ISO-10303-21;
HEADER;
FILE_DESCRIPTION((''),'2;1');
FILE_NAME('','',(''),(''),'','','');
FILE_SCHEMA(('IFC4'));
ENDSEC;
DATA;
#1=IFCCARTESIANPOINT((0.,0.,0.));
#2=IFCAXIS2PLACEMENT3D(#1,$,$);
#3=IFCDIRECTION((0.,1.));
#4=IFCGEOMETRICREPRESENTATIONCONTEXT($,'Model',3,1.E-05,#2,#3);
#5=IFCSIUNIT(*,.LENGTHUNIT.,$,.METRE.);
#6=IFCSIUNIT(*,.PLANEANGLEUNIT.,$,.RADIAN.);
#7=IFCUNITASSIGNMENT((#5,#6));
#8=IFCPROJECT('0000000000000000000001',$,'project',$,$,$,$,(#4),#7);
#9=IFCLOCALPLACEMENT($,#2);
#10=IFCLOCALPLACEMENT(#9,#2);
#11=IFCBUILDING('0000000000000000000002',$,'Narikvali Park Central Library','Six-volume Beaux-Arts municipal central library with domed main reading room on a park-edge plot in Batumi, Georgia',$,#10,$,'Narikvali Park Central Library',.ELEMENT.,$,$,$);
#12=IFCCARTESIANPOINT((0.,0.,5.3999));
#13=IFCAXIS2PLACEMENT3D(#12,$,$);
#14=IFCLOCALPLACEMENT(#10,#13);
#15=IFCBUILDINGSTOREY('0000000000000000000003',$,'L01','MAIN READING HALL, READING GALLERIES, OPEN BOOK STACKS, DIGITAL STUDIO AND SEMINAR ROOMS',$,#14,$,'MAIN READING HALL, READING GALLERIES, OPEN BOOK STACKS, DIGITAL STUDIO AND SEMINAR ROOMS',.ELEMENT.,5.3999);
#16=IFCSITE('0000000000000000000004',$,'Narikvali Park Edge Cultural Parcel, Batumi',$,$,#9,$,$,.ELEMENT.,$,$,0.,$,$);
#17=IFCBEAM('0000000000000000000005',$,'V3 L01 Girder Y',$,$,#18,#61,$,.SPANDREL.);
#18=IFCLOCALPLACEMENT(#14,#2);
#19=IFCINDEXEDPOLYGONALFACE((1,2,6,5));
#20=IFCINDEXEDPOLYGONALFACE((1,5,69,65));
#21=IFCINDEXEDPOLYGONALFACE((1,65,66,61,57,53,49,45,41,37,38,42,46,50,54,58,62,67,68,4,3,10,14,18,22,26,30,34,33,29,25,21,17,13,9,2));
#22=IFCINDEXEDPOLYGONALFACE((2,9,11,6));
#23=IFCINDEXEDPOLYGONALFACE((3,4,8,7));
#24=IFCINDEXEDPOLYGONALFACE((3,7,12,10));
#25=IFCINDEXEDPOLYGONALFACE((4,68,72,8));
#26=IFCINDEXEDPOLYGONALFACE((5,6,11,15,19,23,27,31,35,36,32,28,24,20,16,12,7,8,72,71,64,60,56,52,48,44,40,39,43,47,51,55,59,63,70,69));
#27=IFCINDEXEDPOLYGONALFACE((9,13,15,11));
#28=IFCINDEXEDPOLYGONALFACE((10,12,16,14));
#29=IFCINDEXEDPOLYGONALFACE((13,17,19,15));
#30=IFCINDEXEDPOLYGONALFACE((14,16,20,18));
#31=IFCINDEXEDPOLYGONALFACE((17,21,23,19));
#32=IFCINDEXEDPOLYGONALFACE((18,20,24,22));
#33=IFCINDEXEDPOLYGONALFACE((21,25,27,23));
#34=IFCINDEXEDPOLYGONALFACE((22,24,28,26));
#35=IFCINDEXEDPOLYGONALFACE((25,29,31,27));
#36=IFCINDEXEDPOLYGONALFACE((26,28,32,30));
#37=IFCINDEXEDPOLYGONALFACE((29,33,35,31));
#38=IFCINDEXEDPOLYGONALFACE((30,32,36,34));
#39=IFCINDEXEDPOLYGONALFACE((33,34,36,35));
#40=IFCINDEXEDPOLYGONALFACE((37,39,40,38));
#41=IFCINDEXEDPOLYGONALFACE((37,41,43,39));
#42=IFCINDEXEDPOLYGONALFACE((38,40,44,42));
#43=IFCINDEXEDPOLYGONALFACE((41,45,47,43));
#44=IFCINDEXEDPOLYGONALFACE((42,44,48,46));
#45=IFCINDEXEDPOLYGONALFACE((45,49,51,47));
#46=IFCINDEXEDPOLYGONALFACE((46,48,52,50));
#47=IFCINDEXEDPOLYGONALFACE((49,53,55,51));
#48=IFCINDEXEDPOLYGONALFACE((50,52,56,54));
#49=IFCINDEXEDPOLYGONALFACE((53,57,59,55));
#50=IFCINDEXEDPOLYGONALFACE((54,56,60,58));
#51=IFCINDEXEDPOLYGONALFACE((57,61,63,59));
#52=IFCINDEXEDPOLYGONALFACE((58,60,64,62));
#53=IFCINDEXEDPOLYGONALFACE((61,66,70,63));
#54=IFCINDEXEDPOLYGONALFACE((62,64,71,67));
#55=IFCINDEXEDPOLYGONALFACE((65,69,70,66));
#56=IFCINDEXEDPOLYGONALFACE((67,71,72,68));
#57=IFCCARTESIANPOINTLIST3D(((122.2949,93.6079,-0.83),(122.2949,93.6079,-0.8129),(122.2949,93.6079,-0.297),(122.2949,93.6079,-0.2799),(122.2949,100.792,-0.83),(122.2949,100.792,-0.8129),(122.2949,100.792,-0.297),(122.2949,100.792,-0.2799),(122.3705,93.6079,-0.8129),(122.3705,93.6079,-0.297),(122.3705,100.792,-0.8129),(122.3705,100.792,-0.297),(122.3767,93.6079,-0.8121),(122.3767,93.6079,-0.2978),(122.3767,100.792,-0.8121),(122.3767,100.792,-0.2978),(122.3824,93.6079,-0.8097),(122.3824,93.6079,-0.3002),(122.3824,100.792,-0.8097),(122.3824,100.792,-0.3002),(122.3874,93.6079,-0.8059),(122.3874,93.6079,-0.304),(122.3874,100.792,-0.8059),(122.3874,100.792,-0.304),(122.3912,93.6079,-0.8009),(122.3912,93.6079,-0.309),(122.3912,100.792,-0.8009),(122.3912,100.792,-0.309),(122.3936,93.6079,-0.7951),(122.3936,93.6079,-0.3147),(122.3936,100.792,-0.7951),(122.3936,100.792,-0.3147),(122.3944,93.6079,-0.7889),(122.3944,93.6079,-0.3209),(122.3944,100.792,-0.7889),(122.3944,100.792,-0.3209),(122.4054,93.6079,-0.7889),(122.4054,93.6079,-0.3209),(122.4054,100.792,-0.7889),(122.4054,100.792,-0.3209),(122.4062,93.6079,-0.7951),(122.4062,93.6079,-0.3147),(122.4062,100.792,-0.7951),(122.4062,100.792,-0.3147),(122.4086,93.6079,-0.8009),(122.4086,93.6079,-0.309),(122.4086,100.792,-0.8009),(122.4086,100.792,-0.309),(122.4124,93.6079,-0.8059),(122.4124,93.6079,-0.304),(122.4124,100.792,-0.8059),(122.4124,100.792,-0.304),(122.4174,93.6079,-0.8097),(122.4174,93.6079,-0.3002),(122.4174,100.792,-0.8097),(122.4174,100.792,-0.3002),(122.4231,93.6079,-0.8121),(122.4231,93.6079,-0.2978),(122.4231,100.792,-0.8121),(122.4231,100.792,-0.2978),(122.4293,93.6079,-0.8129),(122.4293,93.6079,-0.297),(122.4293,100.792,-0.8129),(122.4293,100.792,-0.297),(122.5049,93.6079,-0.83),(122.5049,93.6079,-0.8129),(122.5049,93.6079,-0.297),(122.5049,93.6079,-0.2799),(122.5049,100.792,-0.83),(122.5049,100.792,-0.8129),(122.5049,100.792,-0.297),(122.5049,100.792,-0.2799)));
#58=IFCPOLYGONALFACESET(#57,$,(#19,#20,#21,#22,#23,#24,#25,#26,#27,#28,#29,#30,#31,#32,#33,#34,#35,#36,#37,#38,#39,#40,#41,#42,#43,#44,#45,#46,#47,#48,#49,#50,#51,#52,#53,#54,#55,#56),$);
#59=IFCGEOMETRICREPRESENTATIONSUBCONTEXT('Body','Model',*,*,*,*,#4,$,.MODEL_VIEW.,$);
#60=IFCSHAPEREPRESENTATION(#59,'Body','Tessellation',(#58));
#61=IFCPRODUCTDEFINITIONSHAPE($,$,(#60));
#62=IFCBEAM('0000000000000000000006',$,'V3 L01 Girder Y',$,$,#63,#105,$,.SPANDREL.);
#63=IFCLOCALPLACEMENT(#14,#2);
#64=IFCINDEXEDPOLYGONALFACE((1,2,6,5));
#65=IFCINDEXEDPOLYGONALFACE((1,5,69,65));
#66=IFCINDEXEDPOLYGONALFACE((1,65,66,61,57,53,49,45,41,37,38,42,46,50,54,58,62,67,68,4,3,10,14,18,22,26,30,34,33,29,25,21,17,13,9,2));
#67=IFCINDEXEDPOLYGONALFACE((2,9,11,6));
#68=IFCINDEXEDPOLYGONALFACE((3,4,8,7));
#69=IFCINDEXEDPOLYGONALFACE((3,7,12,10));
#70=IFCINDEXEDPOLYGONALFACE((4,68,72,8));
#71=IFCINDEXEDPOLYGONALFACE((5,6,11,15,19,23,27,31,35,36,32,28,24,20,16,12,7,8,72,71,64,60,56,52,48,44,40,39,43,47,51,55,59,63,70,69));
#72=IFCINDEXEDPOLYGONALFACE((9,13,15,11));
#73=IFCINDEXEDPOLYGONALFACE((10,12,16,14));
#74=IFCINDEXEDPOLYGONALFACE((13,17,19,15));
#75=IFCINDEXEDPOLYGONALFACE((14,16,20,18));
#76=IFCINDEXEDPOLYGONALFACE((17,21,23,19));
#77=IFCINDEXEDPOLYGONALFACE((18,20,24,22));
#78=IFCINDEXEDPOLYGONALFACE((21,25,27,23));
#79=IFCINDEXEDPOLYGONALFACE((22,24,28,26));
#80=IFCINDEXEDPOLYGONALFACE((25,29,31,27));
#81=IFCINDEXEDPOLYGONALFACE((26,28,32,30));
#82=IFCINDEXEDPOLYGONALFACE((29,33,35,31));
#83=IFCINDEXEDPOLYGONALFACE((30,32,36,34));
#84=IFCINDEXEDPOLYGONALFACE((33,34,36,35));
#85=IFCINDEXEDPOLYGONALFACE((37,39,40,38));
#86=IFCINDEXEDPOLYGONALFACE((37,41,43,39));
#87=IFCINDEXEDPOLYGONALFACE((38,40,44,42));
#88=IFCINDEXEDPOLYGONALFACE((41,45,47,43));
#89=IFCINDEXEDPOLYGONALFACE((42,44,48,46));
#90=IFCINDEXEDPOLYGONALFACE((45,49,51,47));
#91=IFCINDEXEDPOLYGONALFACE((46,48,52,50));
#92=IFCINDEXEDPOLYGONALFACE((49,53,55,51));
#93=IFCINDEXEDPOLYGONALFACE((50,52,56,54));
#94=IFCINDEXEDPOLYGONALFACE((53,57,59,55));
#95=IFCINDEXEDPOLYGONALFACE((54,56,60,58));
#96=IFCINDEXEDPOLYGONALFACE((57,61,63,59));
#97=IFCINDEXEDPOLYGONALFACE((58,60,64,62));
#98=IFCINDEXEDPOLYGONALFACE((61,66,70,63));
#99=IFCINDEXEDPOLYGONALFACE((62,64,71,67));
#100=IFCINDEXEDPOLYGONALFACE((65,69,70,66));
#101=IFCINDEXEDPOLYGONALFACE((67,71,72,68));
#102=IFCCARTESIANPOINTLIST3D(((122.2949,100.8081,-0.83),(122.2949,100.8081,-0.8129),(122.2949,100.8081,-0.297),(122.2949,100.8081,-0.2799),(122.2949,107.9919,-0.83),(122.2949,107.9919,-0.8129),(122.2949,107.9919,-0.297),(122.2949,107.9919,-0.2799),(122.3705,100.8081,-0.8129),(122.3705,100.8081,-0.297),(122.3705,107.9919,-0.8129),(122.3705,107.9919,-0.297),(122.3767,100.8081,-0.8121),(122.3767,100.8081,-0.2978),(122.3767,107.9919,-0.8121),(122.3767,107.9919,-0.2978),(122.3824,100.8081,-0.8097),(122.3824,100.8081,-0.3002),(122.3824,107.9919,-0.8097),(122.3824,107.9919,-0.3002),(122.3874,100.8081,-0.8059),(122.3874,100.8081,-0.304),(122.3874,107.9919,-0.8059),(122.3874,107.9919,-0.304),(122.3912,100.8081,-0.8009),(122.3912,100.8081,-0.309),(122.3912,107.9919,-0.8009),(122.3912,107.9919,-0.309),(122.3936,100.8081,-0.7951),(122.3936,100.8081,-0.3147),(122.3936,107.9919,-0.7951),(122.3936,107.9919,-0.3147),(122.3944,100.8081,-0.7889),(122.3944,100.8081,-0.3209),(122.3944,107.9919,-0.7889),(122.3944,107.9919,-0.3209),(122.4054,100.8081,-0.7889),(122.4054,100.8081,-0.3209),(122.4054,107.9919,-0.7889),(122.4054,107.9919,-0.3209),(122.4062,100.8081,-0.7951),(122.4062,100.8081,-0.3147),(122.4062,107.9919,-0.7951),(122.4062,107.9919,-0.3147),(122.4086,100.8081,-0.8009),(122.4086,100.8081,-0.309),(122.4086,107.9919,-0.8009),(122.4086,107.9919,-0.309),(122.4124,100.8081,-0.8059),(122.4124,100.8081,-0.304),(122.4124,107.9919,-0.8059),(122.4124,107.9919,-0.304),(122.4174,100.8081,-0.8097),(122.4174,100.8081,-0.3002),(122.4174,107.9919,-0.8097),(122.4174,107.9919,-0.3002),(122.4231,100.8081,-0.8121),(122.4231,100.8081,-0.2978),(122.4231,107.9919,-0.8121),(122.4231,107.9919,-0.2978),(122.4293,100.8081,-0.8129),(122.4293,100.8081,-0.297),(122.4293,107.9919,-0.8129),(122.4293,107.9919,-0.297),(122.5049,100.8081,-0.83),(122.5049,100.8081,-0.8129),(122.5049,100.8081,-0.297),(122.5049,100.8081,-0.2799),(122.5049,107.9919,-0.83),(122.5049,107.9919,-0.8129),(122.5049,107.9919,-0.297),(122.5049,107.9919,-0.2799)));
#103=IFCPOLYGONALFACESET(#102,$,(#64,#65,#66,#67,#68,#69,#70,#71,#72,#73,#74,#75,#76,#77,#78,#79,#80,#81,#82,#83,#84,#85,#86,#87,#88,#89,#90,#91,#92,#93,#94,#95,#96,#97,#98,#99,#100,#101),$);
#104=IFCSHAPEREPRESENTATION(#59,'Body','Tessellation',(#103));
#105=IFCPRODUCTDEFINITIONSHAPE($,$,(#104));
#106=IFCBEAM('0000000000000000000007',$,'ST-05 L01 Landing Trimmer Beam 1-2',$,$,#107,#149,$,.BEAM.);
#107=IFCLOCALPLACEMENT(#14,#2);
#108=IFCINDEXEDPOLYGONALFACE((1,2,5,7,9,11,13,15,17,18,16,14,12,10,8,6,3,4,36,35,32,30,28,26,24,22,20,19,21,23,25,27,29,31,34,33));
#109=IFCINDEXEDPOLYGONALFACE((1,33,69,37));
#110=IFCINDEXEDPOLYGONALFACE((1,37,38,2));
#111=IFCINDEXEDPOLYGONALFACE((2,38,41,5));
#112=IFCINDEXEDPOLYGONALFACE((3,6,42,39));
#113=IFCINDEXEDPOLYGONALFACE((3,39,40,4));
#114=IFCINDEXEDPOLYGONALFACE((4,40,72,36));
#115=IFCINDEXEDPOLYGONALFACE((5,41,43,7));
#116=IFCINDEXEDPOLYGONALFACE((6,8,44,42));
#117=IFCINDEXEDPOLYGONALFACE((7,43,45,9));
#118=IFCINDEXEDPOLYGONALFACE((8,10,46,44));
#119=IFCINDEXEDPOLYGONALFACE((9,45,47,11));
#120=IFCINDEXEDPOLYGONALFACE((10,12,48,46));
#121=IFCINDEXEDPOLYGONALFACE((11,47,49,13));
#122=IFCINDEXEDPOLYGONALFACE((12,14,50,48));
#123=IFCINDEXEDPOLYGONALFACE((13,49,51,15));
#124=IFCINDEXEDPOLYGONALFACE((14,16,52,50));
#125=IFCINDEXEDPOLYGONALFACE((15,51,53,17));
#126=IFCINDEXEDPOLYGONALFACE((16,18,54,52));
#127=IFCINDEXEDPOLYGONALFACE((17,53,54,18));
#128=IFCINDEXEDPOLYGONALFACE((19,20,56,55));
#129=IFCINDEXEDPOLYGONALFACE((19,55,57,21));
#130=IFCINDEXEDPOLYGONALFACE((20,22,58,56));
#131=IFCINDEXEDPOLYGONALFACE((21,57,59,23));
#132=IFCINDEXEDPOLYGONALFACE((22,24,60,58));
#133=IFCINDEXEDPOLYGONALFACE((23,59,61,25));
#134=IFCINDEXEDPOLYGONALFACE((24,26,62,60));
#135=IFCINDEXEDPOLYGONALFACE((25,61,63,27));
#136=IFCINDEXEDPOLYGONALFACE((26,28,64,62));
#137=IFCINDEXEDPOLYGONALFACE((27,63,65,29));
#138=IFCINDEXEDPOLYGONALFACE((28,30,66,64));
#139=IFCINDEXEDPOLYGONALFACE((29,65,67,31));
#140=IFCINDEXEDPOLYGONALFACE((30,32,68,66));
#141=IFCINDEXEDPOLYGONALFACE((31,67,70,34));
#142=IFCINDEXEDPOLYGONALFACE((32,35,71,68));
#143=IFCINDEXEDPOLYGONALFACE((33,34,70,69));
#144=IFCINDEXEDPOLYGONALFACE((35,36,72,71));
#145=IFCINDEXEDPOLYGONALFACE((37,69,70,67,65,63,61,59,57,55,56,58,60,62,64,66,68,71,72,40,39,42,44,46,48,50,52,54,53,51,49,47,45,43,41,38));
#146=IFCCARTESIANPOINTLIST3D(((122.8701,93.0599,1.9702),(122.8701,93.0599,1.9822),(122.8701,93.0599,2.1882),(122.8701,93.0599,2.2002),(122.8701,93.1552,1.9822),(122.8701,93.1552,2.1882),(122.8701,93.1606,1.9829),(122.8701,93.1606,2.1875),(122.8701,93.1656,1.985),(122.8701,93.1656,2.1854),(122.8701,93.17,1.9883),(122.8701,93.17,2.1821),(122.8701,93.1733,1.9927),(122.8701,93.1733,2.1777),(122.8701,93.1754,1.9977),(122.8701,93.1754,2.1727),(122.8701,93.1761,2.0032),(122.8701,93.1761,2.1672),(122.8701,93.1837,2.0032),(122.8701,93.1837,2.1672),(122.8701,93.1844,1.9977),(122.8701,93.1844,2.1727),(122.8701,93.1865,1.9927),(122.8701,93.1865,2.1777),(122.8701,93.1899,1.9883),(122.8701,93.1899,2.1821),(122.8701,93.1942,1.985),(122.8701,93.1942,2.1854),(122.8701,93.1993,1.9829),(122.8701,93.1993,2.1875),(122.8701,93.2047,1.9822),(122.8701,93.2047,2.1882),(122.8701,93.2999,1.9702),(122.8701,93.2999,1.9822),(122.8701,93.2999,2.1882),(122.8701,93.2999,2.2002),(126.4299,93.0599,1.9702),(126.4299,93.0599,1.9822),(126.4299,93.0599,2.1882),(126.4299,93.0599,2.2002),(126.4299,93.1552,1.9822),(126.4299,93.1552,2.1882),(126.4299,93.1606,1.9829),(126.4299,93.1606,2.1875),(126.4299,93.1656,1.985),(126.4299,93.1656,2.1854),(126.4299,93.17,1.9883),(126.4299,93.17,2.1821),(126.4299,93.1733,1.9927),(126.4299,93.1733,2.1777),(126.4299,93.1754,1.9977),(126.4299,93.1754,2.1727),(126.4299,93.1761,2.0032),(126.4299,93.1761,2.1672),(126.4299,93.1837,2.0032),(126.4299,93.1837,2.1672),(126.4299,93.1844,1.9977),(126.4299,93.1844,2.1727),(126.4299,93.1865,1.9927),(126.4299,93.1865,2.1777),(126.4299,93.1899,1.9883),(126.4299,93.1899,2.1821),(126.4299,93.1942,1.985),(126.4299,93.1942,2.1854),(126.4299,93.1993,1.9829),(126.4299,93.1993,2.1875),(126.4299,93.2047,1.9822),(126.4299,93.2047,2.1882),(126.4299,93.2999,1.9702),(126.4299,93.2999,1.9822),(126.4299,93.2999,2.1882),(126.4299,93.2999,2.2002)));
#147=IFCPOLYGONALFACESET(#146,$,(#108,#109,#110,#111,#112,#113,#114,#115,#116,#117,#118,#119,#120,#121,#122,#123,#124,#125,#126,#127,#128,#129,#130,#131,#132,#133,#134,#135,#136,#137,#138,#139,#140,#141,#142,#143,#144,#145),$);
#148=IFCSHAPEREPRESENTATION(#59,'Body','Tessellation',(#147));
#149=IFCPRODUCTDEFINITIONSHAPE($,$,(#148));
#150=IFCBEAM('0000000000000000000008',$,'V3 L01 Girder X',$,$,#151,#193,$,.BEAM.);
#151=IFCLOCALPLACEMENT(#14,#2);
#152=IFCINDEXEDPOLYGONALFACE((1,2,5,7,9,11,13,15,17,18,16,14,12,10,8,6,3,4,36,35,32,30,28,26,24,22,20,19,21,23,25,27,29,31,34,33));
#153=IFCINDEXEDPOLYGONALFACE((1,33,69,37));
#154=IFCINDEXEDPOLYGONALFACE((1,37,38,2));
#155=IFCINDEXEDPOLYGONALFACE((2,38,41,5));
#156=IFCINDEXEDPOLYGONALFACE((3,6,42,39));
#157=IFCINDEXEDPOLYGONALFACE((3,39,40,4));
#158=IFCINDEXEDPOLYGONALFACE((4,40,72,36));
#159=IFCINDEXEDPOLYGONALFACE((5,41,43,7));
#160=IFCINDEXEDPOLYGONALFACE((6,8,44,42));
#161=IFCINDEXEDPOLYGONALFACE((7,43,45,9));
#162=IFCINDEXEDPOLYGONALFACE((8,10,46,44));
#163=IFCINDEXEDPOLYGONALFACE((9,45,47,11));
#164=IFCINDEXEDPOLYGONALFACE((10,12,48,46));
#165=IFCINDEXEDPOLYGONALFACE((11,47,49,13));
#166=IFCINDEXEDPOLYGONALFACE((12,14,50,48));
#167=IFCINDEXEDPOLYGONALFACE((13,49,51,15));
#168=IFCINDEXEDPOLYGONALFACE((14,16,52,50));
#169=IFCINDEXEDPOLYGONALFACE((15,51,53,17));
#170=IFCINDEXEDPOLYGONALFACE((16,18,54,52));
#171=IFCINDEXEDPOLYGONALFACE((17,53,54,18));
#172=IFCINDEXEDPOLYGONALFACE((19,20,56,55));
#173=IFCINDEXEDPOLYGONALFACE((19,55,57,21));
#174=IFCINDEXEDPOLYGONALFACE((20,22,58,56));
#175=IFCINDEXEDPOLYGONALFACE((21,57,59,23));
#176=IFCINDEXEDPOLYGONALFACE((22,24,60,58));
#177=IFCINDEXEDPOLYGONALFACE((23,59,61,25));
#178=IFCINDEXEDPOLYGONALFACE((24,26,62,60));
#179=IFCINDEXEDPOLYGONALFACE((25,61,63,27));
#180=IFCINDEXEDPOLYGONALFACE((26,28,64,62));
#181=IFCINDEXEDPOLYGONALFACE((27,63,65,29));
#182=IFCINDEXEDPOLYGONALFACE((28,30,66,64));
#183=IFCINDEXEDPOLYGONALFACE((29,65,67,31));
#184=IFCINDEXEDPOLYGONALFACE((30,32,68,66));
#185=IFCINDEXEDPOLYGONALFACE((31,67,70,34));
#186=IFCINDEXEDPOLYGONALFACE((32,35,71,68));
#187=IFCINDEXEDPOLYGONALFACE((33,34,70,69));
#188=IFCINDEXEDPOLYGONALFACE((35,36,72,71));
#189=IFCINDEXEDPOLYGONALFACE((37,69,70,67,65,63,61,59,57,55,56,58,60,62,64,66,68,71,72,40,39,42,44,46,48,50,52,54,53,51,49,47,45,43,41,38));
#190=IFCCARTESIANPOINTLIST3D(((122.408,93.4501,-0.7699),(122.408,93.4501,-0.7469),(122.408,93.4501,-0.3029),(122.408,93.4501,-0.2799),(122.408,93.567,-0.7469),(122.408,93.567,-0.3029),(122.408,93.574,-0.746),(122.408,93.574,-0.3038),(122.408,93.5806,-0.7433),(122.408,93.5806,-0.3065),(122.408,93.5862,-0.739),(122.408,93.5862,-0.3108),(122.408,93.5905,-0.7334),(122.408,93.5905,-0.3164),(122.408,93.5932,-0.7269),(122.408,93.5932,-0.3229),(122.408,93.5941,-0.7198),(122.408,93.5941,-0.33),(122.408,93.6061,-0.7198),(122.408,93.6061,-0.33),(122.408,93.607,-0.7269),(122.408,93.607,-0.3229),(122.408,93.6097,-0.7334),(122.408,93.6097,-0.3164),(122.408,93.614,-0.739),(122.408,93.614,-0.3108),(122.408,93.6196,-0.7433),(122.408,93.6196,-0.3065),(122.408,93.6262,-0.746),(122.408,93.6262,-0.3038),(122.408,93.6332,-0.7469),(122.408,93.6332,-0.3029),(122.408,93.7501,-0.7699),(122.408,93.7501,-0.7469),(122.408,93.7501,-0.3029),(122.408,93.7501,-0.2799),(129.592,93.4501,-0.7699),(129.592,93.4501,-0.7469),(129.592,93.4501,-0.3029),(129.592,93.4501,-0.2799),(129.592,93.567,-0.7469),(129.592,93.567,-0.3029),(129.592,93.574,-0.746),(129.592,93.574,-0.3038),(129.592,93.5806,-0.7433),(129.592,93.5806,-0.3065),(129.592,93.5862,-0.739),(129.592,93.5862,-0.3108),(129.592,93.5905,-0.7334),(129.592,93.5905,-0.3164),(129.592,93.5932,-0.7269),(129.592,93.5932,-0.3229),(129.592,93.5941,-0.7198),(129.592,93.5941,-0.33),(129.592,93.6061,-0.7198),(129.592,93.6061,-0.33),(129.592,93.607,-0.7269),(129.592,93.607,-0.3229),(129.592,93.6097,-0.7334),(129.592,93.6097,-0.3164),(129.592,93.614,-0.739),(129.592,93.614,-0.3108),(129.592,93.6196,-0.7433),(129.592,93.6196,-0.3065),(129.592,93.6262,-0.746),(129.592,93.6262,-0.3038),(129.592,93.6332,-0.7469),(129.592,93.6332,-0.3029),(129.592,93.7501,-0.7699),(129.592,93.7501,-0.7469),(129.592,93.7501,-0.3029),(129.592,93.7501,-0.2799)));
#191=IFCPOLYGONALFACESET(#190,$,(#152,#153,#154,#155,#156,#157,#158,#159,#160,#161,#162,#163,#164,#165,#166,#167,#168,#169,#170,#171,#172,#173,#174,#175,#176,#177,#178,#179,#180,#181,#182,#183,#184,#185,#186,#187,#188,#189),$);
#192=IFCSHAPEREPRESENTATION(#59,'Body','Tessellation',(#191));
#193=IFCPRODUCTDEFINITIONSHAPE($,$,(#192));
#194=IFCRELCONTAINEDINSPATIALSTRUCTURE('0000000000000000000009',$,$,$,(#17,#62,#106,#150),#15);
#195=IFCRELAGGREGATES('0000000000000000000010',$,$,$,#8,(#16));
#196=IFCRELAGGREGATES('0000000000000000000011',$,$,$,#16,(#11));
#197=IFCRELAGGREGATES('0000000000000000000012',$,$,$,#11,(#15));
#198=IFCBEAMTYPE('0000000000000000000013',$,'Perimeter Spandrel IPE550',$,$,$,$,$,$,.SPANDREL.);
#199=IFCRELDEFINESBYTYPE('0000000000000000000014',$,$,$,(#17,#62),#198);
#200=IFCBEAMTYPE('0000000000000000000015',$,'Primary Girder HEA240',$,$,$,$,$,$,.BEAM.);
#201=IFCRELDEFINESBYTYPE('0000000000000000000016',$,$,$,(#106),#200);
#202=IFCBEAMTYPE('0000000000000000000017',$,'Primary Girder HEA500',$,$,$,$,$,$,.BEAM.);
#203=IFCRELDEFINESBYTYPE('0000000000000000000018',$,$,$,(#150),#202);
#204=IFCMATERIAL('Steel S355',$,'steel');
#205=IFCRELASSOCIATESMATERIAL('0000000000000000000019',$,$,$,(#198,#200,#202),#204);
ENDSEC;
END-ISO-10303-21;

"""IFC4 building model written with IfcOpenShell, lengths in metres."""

from ifc_helpers import new_model, si_unit, direction, frame, origin, origin_2d, place, context, subcontext, project, spatial, i_section, extrude, material, material_profile, profile_set, type_object, element, save


model = new_model("IFC4")

# Units and contexts
model_context = context("Model", 3, precision=1e-05, world=origin(), true_north=direction((0.0, 1.0)))
body_context = subcontext(model_context, "Body", "Model", "MODEL_VIEW")
ifc_project = project(units=[si_unit("LENGTHUNIT", "METRE"), si_unit("PLANEANGLEUNIT", "RADIAN")], contexts=[model_context])

# Site, building, storey
site_placement = place(None, origin())
site = spatial("IfcSite", under=ifc_project, at=site_placement, Name="Narikvali Park Edge Cultural Parcel, Batumi", CompositionType="ELEMENT", RefElevation=0.0)
building_placement = place(site_placement, origin())
building = spatial("IfcBuilding", under=site, at=building_placement, Name="Narikvali Park Central Library", Description="Six-volume Beaux-Arts municipal central library with domed main reading room on a park-edge plot in Batumi, Georgia", LongName="Narikvali Park Central Library", CompositionType="ELEMENT")
storey_placement = place(building_placement, frame((0.0, 0.0, 5.3999)))
storey = spatial("IfcBuildingStorey", under=building, at=storey_placement, Name="L01", Description="MAIN READING HALL, READING GALLERIES, OPEN BOOK STACKS, DIGITAL STUDIO AND SEMINAR ROOMS", LongName="MAIN READING HALL, READING GALLERIES, OPEN BOOK STACKS, DIGITAL STUDIO AND SEMINAR ROOMS", CompositionType="ELEMENT", Elevation=5.3999)

# Shared definitions
ifc_material_1 = material(Name="Steel S355", Category="steel")

# Beams
ifc_material_profile_1 = material_profile(ifc_material_1, i_section(OverallWidth=0.21, OverallDepth=0.55, WebThickness=0.011, FlangeThickness=0.0171, FilletRadius=0.0239, at=origin_2d()), Name="IPE 550")
ifc_profile_set_1 = profile_set([ifc_material_profile_1], Name="Steel S355")
beam_type_1 = type_object("IfcBeamType", Name="Perimeter Spandrel IPE550", PredefinedType="SPANDREL", material=ifc_profile_set_1)
beam_1_placement = place(storey_placement, frame((122.3999, 93.6079, -0.5549), z_axis=(0.0, 1.0, 0.0), x_axis=(-1.0, 0.0, 0.0)))
element("IfcBeam", 1, at=beam_1_placement, inside=storey, type_object=beam_type_1, Name="V3 L01 Girder Y", PredefinedType="SPANDREL", context=body_context, shape_type="SweptSolid", body=[
    extrude(i_section(OverallWidth=0.21, OverallDepth=0.55, WebThickness=0.011, FlangeThickness=0.0171, FilletRadius=0.0239, at=origin_2d()), origin(), (0.0, 0.0, 1.0), 7.1841),
])
beam_2_placement = place(storey_placement, frame((122.3999, 100.8081, -0.5549), z_axis=(0.0, 1.0, 0.0), x_axis=(-1.0, 0.0, 0.0)))
element("IfcBeam", 2, at=beam_2_placement, inside=storey, type_object=beam_type_1, Name="V3 L01 Girder Y", PredefinedType="SPANDREL", context=body_context, shape_type="SweptSolid", body=[
    extrude(i_section(OverallWidth=0.21, OverallDepth=0.55, WebThickness=0.011, FlangeThickness=0.0171, FilletRadius=0.0239, at=origin_2d()), origin(), (0.0, 0.0, 1.0), 7.1838),
])
ifc_material_profile_2 = material_profile(ifc_material_1, i_section(OverallWidth=0.24, OverallDepth=0.23, WebThickness=0.0076, FlangeThickness=0.012, FilletRadius=0.021, at=origin_2d()), Name="HEA 240")
ifc_profile_set_2 = profile_set([ifc_material_profile_2], Name="Steel S355")
beam_type_2 = type_object("IfcBeamType", Name="Primary Girder HEA240", PredefinedType="BEAM", material=ifc_profile_set_2)
beam_3_placement = place(storey_placement, frame((122.8701, 93.1799, 2.0852), z_axis=(1.0, 0.0, 0.0), x_axis=(0.0, 1.0, 0.0)))
element("IfcBeam", 3, at=beam_3_placement, inside=storey, type_object=beam_type_2, Name="ST-05 L01 Landing Trimmer Beam 1-2", PredefinedType="BEAM", context=body_context, shape_type="SweptSolid", body=[
    extrude(i_section(OverallWidth=0.24, OverallDepth=0.23, WebThickness=0.0076, FlangeThickness=0.012, FilletRadius=0.021, at=origin_2d()), origin(), (0.0, 0.0, 1.0), 3.5598),
])
ifc_material_profile_3 = material_profile(ifc_material_1, i_section(OverallWidth=0.3, OverallDepth=0.49, WebThickness=0.012, FlangeThickness=0.0229, FilletRadius=0.0271, at=origin_2d()), Name="HEA 500")
ifc_profile_set_3 = profile_set([ifc_material_profile_3], Name="Steel S355")
beam_type_3 = type_object("IfcBeamType", Name="Primary Girder HEA500", PredefinedType="BEAM", material=ifc_profile_set_3)
for number, where, z_axis, x_axis, name in (
    (4, (122.408, 93.6001, -0.5249), (1.0, 0.0, 0.0), (0.0, 1.0, 0.0), "V3 L01 Girder X"),
):
    element("IfcBeam", number, at=place(storey_placement, frame(where, z_axis=z_axis, x_axis=x_axis)), inside=storey, type_object=beam_type_3, Name=name, PredefinedType="BEAM", context=body_context, shape_type="SweptSolid", body=[
        extrude(i_section(OverallWidth=0.3, OverallDepth=0.49, WebThickness=0.012, FlangeThickness=0.0229, FilletRadius=0.0271, at=origin_2d()), origin(), (0.0, 0.0, 1.0), 7.1841),
    ])

save(model, "model.ifc")
